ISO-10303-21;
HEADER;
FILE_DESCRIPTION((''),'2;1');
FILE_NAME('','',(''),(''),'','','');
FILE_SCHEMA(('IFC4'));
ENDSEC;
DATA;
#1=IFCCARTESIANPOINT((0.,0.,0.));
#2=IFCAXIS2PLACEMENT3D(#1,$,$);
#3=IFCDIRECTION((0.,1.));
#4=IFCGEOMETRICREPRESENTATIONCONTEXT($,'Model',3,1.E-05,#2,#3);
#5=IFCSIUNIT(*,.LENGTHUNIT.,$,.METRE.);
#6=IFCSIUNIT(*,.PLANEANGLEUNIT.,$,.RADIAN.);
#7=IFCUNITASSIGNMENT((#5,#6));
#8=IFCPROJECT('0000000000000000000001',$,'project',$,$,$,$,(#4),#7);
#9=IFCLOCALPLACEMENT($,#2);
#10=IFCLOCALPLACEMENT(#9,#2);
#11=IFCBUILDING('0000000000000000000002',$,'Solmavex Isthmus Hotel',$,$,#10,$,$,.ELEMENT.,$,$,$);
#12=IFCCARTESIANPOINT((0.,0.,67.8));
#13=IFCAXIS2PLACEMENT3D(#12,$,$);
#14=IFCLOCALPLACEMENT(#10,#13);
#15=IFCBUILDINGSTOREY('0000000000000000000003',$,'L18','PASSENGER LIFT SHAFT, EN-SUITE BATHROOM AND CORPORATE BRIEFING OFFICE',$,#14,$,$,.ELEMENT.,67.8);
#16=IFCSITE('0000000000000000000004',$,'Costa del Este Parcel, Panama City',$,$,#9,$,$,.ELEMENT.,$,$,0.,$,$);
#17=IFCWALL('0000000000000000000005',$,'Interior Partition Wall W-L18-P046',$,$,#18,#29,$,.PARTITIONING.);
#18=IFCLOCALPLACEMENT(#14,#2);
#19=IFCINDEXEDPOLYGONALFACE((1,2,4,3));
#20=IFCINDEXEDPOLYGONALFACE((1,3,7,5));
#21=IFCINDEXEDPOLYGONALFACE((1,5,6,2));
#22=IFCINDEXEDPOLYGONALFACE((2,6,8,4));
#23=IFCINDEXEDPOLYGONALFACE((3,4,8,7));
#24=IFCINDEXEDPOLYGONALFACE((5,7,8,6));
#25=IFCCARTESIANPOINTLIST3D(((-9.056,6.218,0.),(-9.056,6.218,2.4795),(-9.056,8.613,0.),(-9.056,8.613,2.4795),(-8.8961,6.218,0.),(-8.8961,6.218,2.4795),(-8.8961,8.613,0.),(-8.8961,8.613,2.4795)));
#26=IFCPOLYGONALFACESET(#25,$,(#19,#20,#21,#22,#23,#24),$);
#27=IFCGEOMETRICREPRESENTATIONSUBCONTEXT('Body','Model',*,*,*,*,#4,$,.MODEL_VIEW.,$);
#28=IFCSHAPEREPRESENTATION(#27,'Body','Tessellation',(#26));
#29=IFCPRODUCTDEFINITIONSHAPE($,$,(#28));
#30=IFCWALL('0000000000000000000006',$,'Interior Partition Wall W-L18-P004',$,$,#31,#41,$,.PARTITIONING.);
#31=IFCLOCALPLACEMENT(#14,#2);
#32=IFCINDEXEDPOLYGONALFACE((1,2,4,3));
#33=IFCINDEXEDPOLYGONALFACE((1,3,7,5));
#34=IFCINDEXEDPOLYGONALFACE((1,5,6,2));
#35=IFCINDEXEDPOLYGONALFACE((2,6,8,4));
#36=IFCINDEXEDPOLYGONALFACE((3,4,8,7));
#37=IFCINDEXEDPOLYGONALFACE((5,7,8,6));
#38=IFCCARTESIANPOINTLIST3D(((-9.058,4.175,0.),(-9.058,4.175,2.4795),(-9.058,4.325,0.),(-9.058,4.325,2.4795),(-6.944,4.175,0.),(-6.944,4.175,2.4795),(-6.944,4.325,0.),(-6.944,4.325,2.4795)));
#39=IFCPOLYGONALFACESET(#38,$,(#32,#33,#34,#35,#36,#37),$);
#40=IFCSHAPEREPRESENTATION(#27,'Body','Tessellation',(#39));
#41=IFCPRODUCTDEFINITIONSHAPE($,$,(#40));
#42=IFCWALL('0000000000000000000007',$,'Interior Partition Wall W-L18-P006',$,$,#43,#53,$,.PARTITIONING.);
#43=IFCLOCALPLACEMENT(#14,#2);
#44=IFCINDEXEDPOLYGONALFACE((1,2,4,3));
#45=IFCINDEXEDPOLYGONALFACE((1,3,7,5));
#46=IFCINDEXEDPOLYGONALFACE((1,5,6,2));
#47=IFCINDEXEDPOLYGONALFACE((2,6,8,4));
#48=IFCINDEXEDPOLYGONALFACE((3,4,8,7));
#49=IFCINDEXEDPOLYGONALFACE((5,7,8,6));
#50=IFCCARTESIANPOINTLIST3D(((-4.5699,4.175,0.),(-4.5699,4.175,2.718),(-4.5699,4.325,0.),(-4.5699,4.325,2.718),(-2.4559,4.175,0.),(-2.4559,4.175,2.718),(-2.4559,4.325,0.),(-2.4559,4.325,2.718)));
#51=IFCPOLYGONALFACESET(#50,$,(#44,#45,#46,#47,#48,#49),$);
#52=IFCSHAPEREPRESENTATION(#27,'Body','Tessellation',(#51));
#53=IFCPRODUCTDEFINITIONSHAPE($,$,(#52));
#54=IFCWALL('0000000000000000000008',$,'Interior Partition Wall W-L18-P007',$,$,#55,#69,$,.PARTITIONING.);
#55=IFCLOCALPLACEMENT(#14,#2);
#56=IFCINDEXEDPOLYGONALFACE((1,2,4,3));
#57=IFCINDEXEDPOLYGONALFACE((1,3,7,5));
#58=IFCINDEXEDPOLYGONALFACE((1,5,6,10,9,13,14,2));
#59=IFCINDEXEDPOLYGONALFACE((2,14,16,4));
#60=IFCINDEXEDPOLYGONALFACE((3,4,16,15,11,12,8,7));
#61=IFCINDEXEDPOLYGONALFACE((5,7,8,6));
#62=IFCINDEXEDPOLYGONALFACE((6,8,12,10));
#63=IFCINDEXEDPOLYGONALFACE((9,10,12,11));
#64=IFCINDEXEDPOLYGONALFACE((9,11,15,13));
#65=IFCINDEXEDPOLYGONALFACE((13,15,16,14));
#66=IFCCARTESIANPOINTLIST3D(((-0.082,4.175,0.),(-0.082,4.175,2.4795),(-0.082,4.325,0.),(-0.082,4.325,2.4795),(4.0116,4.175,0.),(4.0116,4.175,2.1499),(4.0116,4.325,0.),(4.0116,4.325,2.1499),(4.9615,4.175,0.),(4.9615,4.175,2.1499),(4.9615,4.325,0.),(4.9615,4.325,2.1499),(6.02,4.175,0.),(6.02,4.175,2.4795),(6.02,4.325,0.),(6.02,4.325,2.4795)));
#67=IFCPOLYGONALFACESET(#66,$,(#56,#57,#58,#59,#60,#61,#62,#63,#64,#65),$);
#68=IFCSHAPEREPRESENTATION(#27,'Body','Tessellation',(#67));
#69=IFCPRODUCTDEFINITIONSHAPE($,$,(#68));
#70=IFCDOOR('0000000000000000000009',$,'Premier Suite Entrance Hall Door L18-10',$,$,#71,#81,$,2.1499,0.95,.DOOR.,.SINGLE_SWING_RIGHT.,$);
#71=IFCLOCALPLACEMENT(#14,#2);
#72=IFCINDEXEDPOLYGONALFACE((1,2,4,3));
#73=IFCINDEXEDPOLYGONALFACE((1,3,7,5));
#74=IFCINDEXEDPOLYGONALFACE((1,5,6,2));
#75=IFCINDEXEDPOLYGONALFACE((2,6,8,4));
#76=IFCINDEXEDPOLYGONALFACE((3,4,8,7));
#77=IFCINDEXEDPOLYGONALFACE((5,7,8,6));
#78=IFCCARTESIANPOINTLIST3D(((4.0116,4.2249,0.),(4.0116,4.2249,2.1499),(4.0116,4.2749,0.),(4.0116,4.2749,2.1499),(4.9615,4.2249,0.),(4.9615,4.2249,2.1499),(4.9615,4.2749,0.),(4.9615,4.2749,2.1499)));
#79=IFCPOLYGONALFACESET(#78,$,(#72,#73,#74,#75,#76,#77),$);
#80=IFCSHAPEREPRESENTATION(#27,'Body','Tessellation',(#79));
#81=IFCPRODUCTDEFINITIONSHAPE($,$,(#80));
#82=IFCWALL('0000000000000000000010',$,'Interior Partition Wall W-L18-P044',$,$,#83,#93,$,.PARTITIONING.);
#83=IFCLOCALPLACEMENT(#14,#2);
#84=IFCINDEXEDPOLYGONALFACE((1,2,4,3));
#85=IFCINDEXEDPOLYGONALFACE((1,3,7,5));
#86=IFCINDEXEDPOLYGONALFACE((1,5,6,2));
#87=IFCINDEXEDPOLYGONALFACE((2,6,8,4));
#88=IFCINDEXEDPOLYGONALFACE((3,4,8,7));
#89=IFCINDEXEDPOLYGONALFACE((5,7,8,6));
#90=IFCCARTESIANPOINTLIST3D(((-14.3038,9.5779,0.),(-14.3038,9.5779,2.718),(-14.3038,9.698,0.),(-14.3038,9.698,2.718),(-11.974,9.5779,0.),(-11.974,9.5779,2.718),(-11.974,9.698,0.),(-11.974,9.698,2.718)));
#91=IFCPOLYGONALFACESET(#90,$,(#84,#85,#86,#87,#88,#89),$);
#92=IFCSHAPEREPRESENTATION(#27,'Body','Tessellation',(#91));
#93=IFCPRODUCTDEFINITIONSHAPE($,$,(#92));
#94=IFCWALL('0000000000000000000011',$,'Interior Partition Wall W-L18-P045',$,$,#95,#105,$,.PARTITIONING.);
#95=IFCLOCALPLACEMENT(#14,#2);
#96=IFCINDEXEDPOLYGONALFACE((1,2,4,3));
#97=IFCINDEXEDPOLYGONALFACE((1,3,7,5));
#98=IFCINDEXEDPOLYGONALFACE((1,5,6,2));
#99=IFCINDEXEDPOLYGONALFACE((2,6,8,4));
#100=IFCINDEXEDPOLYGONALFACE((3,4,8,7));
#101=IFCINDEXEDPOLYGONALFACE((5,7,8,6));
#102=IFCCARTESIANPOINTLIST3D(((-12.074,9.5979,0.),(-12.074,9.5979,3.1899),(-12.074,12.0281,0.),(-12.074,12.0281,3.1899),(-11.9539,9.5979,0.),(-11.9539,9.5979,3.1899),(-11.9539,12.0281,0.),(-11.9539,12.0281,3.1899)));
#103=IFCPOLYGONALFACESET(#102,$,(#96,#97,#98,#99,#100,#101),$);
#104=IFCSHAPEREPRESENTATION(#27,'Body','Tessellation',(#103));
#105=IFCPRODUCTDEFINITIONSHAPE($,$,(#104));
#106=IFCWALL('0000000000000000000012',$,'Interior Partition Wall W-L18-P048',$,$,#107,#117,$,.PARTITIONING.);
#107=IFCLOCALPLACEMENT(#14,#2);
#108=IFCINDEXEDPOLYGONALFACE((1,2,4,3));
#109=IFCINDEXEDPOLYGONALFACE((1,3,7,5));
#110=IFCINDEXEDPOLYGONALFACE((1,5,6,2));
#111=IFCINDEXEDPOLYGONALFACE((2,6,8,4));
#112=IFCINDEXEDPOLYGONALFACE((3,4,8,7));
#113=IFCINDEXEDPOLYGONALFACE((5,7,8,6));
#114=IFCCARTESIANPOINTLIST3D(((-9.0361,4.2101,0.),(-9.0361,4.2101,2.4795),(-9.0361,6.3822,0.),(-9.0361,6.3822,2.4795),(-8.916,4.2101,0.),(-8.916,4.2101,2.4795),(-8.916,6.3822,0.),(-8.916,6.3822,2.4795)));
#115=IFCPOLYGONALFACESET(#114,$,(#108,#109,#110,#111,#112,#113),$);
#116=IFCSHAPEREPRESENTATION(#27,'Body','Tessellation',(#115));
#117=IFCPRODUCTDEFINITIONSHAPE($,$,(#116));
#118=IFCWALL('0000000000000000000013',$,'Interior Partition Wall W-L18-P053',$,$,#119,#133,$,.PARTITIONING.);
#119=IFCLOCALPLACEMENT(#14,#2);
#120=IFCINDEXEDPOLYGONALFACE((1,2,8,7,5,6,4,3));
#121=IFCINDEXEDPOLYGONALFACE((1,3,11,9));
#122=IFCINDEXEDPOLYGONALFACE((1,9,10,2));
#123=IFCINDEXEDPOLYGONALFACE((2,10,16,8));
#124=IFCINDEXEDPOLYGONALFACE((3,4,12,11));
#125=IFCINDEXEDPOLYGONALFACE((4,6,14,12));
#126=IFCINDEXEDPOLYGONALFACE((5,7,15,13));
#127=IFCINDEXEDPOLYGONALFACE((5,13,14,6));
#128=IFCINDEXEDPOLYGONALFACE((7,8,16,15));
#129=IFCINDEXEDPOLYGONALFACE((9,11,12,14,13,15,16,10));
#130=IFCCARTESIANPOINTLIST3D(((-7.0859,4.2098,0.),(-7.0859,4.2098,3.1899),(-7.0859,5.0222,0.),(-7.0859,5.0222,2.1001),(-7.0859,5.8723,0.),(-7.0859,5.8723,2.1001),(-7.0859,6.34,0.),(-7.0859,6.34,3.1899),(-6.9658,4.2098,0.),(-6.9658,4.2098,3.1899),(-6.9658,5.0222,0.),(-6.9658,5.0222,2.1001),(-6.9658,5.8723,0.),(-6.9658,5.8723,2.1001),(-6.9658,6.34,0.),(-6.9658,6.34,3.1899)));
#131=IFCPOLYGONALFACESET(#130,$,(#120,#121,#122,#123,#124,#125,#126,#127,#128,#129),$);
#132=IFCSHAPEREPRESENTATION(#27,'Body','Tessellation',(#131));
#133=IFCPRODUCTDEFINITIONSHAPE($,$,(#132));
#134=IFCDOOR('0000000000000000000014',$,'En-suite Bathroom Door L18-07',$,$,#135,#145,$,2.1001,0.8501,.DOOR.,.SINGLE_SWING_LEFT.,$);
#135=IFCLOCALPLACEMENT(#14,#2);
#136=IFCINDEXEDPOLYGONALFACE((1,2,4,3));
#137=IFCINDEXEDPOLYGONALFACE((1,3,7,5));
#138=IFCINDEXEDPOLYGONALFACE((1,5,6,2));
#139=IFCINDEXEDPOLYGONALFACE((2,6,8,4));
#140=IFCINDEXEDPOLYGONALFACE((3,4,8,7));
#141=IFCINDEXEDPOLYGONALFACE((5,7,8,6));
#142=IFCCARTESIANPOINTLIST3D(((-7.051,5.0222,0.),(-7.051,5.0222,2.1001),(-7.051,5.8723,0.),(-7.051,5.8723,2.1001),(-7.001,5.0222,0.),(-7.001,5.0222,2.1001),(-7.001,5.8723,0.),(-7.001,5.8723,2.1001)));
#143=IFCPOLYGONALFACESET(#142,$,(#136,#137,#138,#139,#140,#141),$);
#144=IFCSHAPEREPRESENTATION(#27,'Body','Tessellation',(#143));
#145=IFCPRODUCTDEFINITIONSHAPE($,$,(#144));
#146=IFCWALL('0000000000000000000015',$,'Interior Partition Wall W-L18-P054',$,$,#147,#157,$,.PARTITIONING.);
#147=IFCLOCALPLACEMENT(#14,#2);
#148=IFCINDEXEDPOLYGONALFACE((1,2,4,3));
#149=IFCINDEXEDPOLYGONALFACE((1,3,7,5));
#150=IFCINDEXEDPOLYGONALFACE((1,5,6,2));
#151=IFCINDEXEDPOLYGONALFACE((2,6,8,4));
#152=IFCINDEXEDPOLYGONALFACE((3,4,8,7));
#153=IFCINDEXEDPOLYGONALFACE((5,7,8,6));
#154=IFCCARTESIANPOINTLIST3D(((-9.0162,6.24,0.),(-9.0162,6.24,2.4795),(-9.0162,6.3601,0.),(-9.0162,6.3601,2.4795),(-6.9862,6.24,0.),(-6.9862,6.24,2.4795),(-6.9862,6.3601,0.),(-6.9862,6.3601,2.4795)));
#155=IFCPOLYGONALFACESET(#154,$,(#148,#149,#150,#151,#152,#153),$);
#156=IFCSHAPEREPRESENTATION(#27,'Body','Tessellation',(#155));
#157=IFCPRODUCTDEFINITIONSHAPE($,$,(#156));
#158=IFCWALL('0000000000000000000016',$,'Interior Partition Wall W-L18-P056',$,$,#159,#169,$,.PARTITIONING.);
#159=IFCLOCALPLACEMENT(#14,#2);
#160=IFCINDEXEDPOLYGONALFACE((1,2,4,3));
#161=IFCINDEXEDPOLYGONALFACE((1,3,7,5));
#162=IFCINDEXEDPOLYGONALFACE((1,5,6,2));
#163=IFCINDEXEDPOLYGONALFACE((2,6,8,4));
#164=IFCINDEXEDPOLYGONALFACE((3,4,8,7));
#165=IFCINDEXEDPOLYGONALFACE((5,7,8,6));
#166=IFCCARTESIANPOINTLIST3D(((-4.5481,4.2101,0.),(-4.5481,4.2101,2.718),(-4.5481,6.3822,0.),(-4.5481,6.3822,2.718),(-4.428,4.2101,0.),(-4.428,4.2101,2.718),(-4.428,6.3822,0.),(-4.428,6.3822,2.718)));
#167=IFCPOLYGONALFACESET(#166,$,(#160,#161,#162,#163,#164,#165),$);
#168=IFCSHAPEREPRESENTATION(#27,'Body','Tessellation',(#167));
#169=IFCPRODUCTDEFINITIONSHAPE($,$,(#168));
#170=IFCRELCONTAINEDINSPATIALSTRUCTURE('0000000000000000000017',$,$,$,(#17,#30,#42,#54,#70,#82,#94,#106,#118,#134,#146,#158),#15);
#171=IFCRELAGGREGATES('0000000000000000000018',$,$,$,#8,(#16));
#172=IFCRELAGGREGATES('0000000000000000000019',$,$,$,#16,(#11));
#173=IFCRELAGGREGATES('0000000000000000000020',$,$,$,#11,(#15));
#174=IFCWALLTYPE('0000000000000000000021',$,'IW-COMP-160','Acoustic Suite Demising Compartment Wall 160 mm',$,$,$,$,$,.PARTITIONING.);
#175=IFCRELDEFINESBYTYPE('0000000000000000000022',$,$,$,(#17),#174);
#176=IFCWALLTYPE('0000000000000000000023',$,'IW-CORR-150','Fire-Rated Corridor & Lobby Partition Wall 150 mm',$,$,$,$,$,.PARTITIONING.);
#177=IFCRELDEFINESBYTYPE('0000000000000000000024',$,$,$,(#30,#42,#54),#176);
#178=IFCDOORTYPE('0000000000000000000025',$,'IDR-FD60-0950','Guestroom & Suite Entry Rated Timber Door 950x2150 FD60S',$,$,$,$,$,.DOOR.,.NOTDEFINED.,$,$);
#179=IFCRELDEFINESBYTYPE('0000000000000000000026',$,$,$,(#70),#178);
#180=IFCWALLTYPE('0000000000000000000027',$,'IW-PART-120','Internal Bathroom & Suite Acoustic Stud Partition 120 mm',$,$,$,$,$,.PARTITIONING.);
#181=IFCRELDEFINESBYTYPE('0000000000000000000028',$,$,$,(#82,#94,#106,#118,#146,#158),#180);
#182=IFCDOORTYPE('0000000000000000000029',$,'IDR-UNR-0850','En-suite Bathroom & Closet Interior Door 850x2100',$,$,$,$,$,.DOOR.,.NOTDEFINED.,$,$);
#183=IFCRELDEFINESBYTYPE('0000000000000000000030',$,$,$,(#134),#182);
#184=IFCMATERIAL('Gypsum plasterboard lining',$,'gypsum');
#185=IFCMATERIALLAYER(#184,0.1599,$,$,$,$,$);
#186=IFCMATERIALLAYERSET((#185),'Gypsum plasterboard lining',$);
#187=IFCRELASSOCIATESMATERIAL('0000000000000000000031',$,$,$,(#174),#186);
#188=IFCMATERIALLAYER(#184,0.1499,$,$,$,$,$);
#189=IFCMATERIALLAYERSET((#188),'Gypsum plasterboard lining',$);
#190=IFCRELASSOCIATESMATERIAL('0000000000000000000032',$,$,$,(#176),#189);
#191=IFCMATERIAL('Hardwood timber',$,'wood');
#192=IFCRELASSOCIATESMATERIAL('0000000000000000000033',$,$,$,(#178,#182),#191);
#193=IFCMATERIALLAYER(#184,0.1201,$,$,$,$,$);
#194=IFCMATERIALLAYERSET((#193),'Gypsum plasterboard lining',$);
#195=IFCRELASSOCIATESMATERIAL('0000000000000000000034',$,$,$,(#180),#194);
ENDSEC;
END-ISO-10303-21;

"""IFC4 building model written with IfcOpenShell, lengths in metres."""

from ifc_helpers import new_model, si_unit, direction, frame, frame_2d, origin, place, context, subcontext, project, spatial, rectangle, extrude, material, layer, layer_set, type_object, element, fill, save


model = new_model("IFC4")

# Units and contexts
model_context = context("Model", 3, precision=1e-05, world=origin(), true_north=direction((0.0, 1.0)))
body_context = subcontext(model_context, "Body", "Model", "MODEL_VIEW")
ifc_project = project(units=[si_unit("LENGTHUNIT", "METRE"), si_unit("PLANEANGLEUNIT", "RADIAN")], contexts=[model_context])

# Site, building, storey
site_placement = place(None, origin())
site = spatial("IfcSite", under=ifc_project, at=site_placement, Name="Costa del Este Parcel, Panama City", CompositionType="ELEMENT", RefElevation=0.0)
building_placement = place(site_placement, origin())
building = spatial("IfcBuilding", under=site, at=building_placement, Name="Solmavex Isthmus Hotel", CompositionType="ELEMENT")
storey_placement = place(building_placement, frame((0.0, 0.0, 67.8)))
storey = spatial("IfcBuildingStorey", under=building, at=storey_placement, Name="L18", Description="PASSENGER LIFT SHAFT, EN-SUITE BATHROOM AND CORPORATE BRIEFING OFFICE", CompositionType="ELEMENT", Elevation=67.8)

# Wall
ifc_material_1 = material(Name="Gypsum plasterboard lining", Category="gypsum")
ifc_layer_1 = layer(ifc_material_1, 0.1599)
ifc_layer_set_1 = layer_set([ifc_layer_1], Name="Gypsum plasterboard lining")
wall_type_1 = type_object("IfcWallType", Name="IW-COMP-160", Description="Acoustic Suite Demising Compartment Wall 160 mm", PredefinedType="PARTITIONING", material=ifc_layer_set_1)
wall_1_placement = place(storey_placement, frame((-8.9761, 8.613, 0.0), z_axis=(0.0, 0.0, 1.0), x_axis=(0.0, -1.0, 0.0)))
element("IfcWall", 1, at=wall_1_placement, inside=storey, type_object=wall_type_1, Name="Interior Partition Wall W-L18-P046", PredefinedType="PARTITIONING", context=body_context, shape_type="SweptSolid", body=[
    extrude(rectangle(XDim=2.395, YDim=0.1599, at=frame_2d((1.1975, 0.0))), origin(), (0.0, 0.0, 1.0), 2.4795),
])

# Shared definitions
ifc_layer_2 = layer(ifc_material_1, 0.1499)
ifc_layer_set_2 = layer_set([ifc_layer_2], Name="Gypsum plasterboard lining")
wall_type_2 = type_object("IfcWallType", Name="IW-CORR-150", Description="Fire-Rated Corridor & Lobby Partition Wall 150 mm", PredefinedType="PARTITIONING", material=ifc_layer_set_2)
ifc_material_2 = material(Name="Hardwood timber", Category="wood")
door_type_1 = type_object("IfcDoorType", Name="IDR-FD60-0950", Description="Guestroom & Suite Entry Rated Timber Door 950x2150 FD60S", OperationType="NOTDEFINED", PredefinedType="DOOR", material=ifc_material_2)

# Wall
wall_2_placement = place(storey_placement, frame((-9.0581, 4.25, 0.0), z_axis=(0.0, 0.0, 1.0), x_axis=(1.0, 0.0, 0.0)))
element("IfcWall", 2, at=wall_2_placement, inside=storey, type_object=wall_type_2, Name="Interior Partition Wall W-L18-P004", PredefinedType="PARTITIONING", context=body_context, shape_type="SweptSolid", body=[
    extrude(rectangle(XDim=2.114, YDim=0.1499, at=frame_2d((1.0571, 0.0))), origin(), (0.0, 0.0, 1.0), 2.4795),
])

# Wall
wall_3_placement = place(storey_placement, frame((-4.5701, 4.25, 0.0), z_axis=(0.0, 0.0, 1.0), x_axis=(1.0, 0.0, 0.0)))
element("IfcWall", 3, at=wall_3_placement, inside=storey, type_object=wall_type_2, Name="Interior Partition Wall W-L18-P006", PredefinedType="PARTITIONING", context=body_context, shape_type="SweptSolid", body=[
    extrude(rectangle(XDim=2.114, YDim=0.1499, at=frame_2d((1.0571, 0.0))), origin(), (0.0, 0.0, 1.0), 2.718),
])

# Wall, opening, door
wall_4_placement = place(storey_placement, frame((-0.082, 4.25, 0.0), z_axis=(0.0, 0.0, 1.0), x_axis=(1.0, 0.0, 0.0)))
wall_4 = element("IfcWall", 4, at=wall_4_placement, inside=storey, type_object=wall_type_2, Name="Interior Partition Wall W-L18-P007", PredefinedType="PARTITIONING", context=body_context, shape_type="SweptSolid", body=[
    extrude(rectangle(XDim=6.1021, YDim=0.1499, at=frame_2d((3.051, 0.0))), origin(), (0.0, 0.0, 1.0), 2.4795),
])
opening_1_placement = place(wall_4_placement, frame((4.0935, 0.0, 0.0)))
opening_1 = element("IfcOpeningElement", 5, at=opening_1_placement, cuts=wall_4, PredefinedType="OPENING", context=body_context, shape_type="SweptSolid", body=[
    extrude(rectangle(XDim=0.95, YDim=2.1499, at=frame_2d((0.4751, 1.075))), frame((0.0, 0.085, 0.0), z_axis=(0.0, -1.0, 0.0), x_axis=(1.0, 0.0, 0.0)), (0.0, 0.0, 1.0), 0.1699),
])
door_1_placement = place(opening_1_placement, origin())
door_1 = element("IfcDoor", 6, at=door_1_placement, inside=storey, type_object=door_type_1, Name="Premier Suite Entrance Hall Door L18-10", OperationType="SINGLE_SWING_RIGHT", OverallHeight=2.1499, OverallWidth=0.95, PredefinedType="DOOR", context=body_context, shape_type="SweptSolid", body=[
    extrude(rectangle(XDim=0.95, YDim=2.1499, at=frame_2d((0.4751, 1.075))), frame((0.0, 0.0249, 0.0), z_axis=(0.0, -1.0, 0.0), x_axis=(1.0, 0.0, 0.0)), (0.0, 0.0, 1.0), 0.05),
])
fill(opening_1, door_1)

# Walls
ifc_layer_3 = layer(ifc_material_1, 0.1201)
ifc_layer_set_3 = layer_set([ifc_layer_3], Name="Gypsum plasterboard lining")
wall_type_3 = type_object("IfcWallType", Name="IW-PART-120", Description="Internal Bathroom & Suite Acoustic Stud Partition 120 mm", PredefinedType="PARTITIONING", material=ifc_layer_set_3)
wall_5_placement = place(storey_placement, frame((-14.304, 9.6379, 0.0), z_axis=(0.0, 0.0, 1.0), x_axis=(1.0, 0.0, 0.0)))
element("IfcWall", 7, at=wall_5_placement, inside=storey, type_object=wall_type_3, Name="Interior Partition Wall W-L18-P044", PredefinedType="PARTITIONING", context=body_context, shape_type="SweptSolid", body=[
    extrude(rectangle(XDim=2.3298, YDim=0.1201, at=frame_2d((1.165, 0.0))), origin(), (0.0, 0.0, 1.0), 2.718),
])
wall_6_placement = place(storey_placement, frame((-12.0139, 9.5979, 0.0), z_axis=(0.0, 0.0, 1.0), x_axis=(0.0, 1.0, 0.0)))
element("IfcWall", 8, at=wall_6_placement, inside=storey, type_object=wall_type_3, Name="Interior Partition Wall W-L18-P045", PredefinedType="PARTITIONING", context=body_context, shape_type="SweptSolid", body=[
    extrude(rectangle(XDim=2.4302, YDim=0.1201, at=frame_2d((1.2151, 0.0))), origin(), (0.0, 0.0, 1.0), 3.1899),
])
wall_7_placement = place(storey_placement, frame((-8.9761, 6.3821, 0.0), z_axis=(0.0, 0.0, 1.0), x_axis=(0.0, -1.0, 0.0)))
element("IfcWall", 9, at=wall_7_placement, inside=storey, type_object=wall_type_3, Name="Interior Partition Wall W-L18-P048", PredefinedType="PARTITIONING", context=body_context, shape_type="SweptSolid", body=[
    extrude(rectangle(XDim=2.1721, YDim=0.1201, at=frame_2d((1.0859, 0.0))), origin(), (0.0, 0.0, 1.0), 2.4795),
])

# Wall, opening, door
wall_8_placement = place(storey_placement, frame((-7.0259, 4.21, 0.0), z_axis=(0.0, 0.0, 1.0), x_axis=(0.0, 1.0, 0.0)))
wall_8 = element("IfcWall", 10, at=wall_8_placement, inside=storey, type_object=wall_type_3, Name="Interior Partition Wall W-L18-P053", PredefinedType="PARTITIONING", context=body_context, shape_type="SweptSolid", body=[
    extrude(rectangle(XDim=2.1301, YDim=0.1201, at=frame_2d((1.0649, 0.0))), origin(), (0.0, 0.0, 1.0), 3.1899),
])
opening_2_placement = place(wall_8_placement, frame((0.8123, 0.0, 0.0)))
opening_2 = element("IfcOpeningElement", 11, at=opening_2_placement, cuts=wall_8, PredefinedType="OPENING", context=body_context, shape_type="SweptSolid", body=[
    extrude(rectangle(XDim=0.8501, YDim=2.1001, at=frame_2d((0.425, 1.05))), frame((0.0, 0.0701, 0.0), z_axis=(0.0, -1.0, 0.0), x_axis=(1.0, 0.0, 0.0)), (0.0, 0.0, 1.0), 0.1401),
])
door_type_2 = type_object("IfcDoorType", Name="IDR-UNR-0850", Description="En-suite Bathroom & Closet Interior Door 850x2100", OperationType="NOTDEFINED", PredefinedType="DOOR", material=ifc_material_2)
door_2_placement = place(opening_2_placement, frame((0.8501, 0.0, 0.0), z_axis=(0.0, 0.0, 1.0), x_axis=(-1.0, 0.0, 0.0)))
door_2 = element("IfcDoor", 12, at=door_2_placement, inside=storey, type_object=door_type_2, Name="En-suite Bathroom Door L18-07", OperationType="SINGLE_SWING_LEFT", OverallHeight=2.1001, OverallWidth=0.8501, PredefinedType="DOOR", context=body_context, shape_type="SweptSolid", body=[
    extrude(rectangle(XDim=0.8501, YDim=2.1001, at=frame_2d((0.425, 1.05))), frame((0.0, 0.0249, 0.0), z_axis=(0.0, -1.0, 0.0), x_axis=(1.0, 0.0, 0.0)), (0.0, 0.0, 1.0), 0.05),
])
fill(opening_2, door_2)

# Walls
wall_9_placement = place(storey_placement, frame((-6.9861, 6.3, 0.0), z_axis=(0.0, 0.0, 1.0), x_axis=(-1.0, 0.0, 0.0)))
element("IfcWall", 13, at=wall_9_placement, inside=storey, type_object=wall_type_3, Name="Interior Partition Wall W-L18-P054", PredefinedType="PARTITIONING", context=body_context, shape_type="SweptSolid", body=[
    extrude(rectangle(XDim=2.03, YDim=0.1201, at=frame_2d((1.0151, 0.0))), origin(), (0.0, 0.0, 1.0), 2.4795),
])
wall_10_placement = place(storey_placement, frame((-4.488, 6.3821, 0.0), z_axis=(0.0, 0.0, 1.0), x_axis=(0.0, -1.0, 0.0)))
element("IfcWall", 14, at=wall_10_placement, inside=storey, type_object=wall_type_3, Name="Interior Partition Wall W-L18-P056", PredefinedType="PARTITIONING", context=body_context, shape_type="SweptSolid", body=[
    extrude(rectangle(XDim=2.1721, YDim=0.1201, at=frame_2d((1.0859, 0.0))), origin(), (0.0, 0.0, 1.0), 2.718),
])

save(model, "model.ifc")
